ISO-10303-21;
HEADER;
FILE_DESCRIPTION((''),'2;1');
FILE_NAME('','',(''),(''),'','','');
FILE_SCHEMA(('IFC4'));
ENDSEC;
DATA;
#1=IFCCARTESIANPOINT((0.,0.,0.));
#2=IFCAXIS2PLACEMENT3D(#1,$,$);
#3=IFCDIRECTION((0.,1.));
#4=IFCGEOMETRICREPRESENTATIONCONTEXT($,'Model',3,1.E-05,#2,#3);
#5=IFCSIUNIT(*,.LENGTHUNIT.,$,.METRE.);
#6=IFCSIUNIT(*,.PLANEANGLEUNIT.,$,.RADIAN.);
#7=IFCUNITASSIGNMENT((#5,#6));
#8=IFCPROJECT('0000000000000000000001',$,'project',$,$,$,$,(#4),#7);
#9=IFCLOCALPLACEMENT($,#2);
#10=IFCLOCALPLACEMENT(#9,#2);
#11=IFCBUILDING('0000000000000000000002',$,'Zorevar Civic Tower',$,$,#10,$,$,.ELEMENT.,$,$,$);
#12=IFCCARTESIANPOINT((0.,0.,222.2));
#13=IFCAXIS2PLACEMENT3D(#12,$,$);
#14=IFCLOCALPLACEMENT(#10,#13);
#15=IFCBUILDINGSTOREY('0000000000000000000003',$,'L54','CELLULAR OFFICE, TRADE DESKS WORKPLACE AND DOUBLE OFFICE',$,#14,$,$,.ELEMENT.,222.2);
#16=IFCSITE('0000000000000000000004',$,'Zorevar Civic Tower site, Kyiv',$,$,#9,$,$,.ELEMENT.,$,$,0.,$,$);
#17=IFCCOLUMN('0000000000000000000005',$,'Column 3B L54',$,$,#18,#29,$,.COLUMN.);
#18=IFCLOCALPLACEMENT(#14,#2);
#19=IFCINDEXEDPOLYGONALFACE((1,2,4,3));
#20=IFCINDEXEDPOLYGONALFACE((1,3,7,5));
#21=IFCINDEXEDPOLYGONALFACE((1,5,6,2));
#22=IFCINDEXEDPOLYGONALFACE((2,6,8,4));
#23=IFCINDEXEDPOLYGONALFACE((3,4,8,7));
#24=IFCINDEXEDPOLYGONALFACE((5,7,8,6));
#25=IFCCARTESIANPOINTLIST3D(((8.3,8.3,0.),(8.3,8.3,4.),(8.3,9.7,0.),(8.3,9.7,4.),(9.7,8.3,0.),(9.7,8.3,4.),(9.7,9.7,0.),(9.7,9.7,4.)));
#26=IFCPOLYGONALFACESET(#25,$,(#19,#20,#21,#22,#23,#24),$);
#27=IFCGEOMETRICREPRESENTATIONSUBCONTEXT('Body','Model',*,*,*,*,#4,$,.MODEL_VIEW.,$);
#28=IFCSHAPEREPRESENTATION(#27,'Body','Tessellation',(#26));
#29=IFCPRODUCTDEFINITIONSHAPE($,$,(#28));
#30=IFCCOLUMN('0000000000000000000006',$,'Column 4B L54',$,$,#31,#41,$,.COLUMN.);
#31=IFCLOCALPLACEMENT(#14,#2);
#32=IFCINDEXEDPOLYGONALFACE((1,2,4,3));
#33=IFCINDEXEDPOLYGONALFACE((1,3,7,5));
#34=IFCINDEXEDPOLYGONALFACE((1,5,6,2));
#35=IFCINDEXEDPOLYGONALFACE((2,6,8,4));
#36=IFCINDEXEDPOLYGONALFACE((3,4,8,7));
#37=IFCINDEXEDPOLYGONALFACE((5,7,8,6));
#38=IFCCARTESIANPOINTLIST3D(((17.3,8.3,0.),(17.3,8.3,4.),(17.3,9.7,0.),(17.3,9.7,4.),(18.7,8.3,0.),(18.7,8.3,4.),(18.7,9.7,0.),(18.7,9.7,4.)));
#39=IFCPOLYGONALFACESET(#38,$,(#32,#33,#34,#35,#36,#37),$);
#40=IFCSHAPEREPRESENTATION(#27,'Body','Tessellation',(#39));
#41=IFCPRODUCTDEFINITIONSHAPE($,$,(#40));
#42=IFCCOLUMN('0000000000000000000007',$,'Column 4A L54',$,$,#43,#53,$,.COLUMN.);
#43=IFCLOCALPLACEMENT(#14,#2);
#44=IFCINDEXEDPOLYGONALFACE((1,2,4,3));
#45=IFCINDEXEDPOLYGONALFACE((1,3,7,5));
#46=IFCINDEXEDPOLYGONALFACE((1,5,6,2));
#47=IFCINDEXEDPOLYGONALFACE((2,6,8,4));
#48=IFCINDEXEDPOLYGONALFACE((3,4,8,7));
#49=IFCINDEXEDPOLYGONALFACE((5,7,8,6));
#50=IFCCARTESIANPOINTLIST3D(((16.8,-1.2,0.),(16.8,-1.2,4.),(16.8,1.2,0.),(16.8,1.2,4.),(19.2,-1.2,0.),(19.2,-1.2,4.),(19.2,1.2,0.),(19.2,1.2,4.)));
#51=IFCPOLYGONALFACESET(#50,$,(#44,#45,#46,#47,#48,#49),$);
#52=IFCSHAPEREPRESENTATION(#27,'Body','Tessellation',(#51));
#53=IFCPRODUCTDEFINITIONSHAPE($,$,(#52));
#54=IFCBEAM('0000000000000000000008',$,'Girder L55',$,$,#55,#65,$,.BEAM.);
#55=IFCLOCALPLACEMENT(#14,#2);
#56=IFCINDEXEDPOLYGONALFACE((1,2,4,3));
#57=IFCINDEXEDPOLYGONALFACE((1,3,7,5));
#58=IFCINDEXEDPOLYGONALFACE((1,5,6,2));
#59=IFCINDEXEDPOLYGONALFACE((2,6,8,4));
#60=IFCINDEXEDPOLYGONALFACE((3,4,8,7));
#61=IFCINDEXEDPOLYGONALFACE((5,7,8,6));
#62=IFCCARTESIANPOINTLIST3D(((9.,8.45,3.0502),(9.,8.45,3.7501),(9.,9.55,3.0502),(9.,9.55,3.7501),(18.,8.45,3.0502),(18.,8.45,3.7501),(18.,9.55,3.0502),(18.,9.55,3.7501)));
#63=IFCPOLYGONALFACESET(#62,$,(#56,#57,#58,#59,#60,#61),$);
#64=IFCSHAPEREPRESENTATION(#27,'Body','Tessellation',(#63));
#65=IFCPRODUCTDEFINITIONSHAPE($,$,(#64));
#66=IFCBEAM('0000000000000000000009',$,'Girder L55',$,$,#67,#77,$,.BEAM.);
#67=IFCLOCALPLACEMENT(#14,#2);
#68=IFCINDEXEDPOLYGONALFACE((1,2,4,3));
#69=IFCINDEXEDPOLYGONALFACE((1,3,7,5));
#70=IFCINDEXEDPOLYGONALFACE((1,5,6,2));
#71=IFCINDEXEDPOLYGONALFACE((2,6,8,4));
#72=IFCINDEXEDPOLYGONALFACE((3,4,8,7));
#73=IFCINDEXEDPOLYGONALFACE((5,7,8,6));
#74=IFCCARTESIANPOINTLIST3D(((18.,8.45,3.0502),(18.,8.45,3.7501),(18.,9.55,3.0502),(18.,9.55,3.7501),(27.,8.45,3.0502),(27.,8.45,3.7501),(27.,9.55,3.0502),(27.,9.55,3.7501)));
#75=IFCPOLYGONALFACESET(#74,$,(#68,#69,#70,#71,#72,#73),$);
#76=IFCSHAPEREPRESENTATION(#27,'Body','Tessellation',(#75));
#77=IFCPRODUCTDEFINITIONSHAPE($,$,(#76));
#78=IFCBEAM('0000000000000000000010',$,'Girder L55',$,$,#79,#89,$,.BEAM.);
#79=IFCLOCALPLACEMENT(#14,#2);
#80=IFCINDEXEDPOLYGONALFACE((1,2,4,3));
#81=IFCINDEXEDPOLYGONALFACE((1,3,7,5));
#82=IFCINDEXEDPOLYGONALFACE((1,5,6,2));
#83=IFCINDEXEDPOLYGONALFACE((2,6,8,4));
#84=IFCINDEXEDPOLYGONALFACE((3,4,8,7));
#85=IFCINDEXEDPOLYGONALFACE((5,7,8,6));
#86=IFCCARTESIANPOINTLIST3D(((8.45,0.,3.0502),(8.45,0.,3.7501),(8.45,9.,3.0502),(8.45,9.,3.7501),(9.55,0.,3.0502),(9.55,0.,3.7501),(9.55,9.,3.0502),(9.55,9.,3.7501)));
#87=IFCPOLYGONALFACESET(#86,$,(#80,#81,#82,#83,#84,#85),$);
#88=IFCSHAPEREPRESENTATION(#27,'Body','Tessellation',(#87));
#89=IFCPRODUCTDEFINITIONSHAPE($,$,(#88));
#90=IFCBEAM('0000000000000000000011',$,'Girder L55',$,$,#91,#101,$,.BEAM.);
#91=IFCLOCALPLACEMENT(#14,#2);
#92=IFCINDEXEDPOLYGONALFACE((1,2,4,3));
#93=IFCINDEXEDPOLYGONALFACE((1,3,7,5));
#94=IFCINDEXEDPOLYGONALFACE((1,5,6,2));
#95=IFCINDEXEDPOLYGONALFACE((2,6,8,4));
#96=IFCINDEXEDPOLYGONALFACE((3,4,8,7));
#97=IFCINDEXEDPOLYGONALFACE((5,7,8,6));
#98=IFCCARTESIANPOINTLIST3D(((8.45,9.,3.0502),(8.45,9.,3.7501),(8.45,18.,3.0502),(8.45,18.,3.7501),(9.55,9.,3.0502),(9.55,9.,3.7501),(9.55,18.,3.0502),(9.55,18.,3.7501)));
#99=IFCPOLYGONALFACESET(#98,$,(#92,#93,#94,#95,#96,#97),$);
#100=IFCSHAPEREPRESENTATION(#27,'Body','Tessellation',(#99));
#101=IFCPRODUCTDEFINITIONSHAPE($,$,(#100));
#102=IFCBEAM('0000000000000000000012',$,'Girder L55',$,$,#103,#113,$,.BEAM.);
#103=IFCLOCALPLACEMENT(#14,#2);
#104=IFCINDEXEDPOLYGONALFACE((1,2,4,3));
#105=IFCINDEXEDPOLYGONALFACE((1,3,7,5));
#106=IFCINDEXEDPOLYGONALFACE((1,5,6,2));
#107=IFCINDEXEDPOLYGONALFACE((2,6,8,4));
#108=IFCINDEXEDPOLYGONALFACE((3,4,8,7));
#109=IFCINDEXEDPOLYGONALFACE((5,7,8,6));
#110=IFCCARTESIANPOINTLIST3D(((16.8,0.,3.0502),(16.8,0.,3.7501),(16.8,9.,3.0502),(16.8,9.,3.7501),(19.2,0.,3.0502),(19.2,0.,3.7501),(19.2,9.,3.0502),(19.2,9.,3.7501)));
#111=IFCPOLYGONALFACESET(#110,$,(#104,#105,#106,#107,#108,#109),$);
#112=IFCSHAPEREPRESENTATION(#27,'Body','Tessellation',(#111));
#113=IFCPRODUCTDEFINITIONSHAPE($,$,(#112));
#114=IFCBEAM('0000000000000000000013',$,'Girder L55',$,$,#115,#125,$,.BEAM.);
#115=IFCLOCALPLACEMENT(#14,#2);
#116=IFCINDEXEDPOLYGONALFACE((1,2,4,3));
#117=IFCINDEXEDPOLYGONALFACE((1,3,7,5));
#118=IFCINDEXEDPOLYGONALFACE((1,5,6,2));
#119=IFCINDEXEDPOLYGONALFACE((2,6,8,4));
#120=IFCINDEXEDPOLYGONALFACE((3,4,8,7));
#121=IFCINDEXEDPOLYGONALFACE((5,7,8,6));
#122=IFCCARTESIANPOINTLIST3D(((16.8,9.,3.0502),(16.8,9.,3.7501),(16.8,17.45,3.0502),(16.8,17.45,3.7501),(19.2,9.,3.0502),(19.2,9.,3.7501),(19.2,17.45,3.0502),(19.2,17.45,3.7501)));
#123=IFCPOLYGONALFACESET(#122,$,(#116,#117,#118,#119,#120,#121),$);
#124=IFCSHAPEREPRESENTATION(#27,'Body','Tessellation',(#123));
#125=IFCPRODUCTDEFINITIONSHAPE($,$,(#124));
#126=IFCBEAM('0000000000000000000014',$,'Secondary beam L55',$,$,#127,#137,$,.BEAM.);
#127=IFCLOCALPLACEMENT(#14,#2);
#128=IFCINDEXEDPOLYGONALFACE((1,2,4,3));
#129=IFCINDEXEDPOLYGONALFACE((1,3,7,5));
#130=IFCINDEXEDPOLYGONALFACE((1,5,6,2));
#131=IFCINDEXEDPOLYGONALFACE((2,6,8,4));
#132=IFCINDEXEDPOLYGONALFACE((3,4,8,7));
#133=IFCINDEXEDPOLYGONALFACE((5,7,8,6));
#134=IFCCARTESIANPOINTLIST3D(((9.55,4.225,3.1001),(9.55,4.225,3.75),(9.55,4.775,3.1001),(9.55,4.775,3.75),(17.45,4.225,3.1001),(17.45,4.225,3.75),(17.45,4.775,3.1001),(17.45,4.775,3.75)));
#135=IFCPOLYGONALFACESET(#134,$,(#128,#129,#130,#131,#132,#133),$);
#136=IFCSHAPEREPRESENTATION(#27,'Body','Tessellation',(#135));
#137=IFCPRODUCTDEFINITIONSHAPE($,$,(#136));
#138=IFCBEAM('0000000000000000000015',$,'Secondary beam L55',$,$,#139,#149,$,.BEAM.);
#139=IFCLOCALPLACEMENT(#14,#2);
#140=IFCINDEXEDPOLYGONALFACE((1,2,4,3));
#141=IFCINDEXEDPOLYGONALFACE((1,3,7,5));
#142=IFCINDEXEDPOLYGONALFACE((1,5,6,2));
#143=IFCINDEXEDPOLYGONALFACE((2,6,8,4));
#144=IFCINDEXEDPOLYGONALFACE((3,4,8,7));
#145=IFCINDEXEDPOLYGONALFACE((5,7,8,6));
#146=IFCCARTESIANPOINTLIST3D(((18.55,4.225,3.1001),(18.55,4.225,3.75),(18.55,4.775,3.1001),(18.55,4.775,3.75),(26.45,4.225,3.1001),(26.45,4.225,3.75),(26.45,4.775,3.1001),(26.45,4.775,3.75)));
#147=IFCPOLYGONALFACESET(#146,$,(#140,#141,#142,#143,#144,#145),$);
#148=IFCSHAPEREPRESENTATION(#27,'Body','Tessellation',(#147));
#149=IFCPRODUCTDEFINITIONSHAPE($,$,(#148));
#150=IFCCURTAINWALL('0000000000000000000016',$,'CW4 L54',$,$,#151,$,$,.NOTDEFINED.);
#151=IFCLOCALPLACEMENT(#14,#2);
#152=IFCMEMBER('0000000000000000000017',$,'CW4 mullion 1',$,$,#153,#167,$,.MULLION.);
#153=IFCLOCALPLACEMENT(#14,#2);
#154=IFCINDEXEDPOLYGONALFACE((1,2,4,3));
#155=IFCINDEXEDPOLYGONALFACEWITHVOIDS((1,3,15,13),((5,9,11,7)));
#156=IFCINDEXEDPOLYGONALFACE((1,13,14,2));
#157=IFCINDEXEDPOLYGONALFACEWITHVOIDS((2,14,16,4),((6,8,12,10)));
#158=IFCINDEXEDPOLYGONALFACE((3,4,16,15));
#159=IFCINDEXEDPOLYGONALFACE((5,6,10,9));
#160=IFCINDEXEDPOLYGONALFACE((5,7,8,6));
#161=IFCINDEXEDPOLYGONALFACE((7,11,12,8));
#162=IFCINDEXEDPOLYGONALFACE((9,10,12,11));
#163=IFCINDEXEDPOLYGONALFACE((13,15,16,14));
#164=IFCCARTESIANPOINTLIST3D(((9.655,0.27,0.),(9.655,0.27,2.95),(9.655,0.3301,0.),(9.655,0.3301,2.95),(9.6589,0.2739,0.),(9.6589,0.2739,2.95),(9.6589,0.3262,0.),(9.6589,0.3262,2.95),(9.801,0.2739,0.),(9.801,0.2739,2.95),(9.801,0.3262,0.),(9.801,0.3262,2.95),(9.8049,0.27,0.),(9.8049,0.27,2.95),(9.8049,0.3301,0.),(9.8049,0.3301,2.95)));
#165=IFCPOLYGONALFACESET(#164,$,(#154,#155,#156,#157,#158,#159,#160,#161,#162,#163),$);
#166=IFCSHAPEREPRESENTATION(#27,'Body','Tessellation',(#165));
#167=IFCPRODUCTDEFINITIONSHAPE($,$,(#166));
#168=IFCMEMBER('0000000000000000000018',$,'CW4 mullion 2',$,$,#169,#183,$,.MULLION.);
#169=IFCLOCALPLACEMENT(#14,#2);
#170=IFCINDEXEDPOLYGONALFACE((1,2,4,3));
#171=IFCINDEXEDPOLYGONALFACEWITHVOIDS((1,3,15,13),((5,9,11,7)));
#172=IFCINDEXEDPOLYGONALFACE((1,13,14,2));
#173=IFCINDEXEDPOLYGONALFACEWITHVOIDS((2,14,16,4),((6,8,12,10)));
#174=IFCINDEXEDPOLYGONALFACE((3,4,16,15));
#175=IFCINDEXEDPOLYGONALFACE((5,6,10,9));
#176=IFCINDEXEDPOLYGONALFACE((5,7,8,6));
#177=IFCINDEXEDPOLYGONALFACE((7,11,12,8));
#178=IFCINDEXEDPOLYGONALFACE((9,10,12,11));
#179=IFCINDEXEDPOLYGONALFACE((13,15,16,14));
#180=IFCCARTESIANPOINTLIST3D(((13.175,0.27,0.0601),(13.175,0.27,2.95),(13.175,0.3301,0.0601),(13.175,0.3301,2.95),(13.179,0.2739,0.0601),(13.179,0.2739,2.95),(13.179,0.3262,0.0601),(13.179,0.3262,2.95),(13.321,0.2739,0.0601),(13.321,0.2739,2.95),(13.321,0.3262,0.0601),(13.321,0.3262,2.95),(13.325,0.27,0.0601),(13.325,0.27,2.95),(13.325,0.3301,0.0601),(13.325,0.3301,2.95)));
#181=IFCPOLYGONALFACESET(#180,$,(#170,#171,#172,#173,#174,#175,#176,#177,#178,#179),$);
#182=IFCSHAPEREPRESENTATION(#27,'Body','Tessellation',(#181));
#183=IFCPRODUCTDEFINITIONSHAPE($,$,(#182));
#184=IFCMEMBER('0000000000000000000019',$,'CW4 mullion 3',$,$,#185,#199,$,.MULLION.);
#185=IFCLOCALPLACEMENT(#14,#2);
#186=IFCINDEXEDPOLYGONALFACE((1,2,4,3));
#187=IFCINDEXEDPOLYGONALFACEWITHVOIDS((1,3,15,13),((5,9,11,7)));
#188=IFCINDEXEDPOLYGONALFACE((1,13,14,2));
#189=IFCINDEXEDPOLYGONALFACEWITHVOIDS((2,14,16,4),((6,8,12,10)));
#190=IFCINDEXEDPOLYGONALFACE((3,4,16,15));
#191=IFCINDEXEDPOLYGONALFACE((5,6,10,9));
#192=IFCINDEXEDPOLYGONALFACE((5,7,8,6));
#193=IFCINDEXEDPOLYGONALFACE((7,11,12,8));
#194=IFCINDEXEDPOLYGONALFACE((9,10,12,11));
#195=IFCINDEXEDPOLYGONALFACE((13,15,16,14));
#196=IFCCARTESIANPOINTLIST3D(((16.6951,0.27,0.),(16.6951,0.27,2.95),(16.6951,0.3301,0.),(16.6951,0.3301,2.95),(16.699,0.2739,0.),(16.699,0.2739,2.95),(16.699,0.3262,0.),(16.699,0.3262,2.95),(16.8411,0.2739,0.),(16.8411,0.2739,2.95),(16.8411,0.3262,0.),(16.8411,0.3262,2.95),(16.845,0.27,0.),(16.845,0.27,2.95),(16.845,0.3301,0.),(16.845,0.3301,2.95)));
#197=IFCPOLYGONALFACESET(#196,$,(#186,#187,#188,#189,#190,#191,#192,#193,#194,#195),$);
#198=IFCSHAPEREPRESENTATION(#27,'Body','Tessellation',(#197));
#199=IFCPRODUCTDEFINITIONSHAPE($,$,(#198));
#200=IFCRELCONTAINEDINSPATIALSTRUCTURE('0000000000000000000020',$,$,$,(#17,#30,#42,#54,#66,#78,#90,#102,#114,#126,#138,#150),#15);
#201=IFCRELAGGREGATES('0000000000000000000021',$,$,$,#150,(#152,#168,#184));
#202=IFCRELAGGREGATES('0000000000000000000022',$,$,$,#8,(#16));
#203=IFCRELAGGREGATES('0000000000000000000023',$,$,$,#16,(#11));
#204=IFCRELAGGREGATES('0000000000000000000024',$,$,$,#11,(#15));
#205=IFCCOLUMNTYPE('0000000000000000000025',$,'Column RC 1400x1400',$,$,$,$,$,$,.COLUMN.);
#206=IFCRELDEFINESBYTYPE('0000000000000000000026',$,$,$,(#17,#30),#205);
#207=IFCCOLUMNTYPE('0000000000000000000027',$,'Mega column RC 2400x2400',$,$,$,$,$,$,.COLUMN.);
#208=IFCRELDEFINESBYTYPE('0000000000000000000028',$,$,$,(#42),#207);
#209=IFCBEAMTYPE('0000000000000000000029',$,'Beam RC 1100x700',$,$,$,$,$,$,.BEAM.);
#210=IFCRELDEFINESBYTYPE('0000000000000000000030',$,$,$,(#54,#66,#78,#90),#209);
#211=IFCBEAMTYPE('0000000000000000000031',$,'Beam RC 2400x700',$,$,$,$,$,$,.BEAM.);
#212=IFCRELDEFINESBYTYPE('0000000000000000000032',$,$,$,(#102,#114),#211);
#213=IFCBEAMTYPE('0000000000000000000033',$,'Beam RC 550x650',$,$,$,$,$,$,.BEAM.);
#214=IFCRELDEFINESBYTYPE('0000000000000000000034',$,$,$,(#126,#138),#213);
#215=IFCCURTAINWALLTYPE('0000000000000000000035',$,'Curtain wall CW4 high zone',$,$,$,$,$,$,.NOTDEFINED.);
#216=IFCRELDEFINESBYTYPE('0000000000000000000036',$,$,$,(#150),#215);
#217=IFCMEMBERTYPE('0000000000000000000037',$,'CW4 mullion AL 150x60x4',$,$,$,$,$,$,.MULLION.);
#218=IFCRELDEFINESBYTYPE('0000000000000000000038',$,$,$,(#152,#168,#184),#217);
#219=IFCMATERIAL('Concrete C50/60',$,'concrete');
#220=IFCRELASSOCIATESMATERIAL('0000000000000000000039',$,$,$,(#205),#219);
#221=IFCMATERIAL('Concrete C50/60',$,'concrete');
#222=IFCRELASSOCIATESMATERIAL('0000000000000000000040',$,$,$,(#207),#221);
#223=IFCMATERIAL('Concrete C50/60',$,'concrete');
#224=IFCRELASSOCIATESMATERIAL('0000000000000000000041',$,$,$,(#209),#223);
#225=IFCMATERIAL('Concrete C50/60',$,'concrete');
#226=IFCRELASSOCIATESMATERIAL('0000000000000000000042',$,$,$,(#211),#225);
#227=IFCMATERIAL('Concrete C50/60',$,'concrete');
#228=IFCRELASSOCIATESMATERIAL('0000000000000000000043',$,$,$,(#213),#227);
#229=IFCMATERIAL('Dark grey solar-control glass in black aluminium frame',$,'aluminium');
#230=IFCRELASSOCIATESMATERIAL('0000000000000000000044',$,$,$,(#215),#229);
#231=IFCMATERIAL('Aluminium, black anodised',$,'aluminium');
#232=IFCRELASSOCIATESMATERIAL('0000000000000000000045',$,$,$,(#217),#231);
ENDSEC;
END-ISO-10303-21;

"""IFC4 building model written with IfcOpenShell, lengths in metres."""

from ifc_helpers import new_model, si_unit, direction, frame, origin, origin_2d, place, context, subcontext, project, spatial, rectangle, hollow_rectangle, extrude, material, material_profile, profile_set, type_object, element, aggregate, save


model = new_model("IFC4")

# Units and contexts
model_context = context("Model", 3, precision=1e-05, world=origin(), true_north=direction((0.0, 1.0)))
body_context = subcontext(model_context, "Body", "Model", "MODEL_VIEW")
ifc_project = project(units=[si_unit("LENGTHUNIT", "METRE"), si_unit("PLANEANGLEUNIT", "RADIAN")], contexts=[model_context])

# Site, building, storey
site_placement = place(None, origin())
site = spatial("IfcSite", under=ifc_project, at=site_placement, Name="Zorevar Civic Tower site, Kyiv", CompositionType="ELEMENT", RefElevation=0.0)
building_placement = place(site_placement, origin())
building = spatial("IfcBuilding", under=site, at=building_placement, Name="Zorevar Civic Tower", CompositionType="ELEMENT")
storey_placement = place(building_placement, frame((0.0, 0.0, 222.2)))
storey = spatial("IfcBuildingStorey", under=building, at=storey_placement, Name="L54", Description="CELLULAR OFFICE, TRADE DESKS WORKPLACE AND DOUBLE OFFICE", CompositionType="ELEMENT", Elevation=222.2)

# Columns
ifc_material_1 = material(Name="Concrete C50/60", Category="concrete")
ifc_material_profile_1 = material_profile(ifc_material_1, rectangle(XDim=1.3999, YDim=1.3999, at=origin_2d()), Name="RC 1400x1400")
ifc_profile_set_1 = profile_set([ifc_material_profile_1], Name="Concrete C50/60")
column_type_1 = type_object("IfcColumnType", Name="Column RC 1400x1400", PredefinedType="COLUMN", material=ifc_profile_set_1)
for number, where, z_axis, x_axis, name in (
    (1, (9.0, 9.0, 0.0), (0.0, 0.0, 1.0), (1.0, 0.0, 0.0), "Column 3B L54"),
    (2, (18.0, 9.0, 0.0), (0.0, 0.0, 1.0), (1.0, 0.0, 0.0), "Column 4B L54"),
):
    element("IfcColumn", number, at=place(storey_placement, frame(where, z_axis=z_axis, x_axis=x_axis)), inside=storey, type_object=column_type_1, Name=name, PredefinedType="COLUMN", context=body_context, shape_type="SweptSolid", body=[
        extrude(rectangle(XDim=1.3999, YDim=1.3999, at=origin_2d()), origin(), (0.0, 0.0, 1.0), 4.0),
    ])
ifc_material_2 = material(Name="Concrete C50/60", Category="concrete")
ifc_material_profile_2 = material_profile(ifc_material_2, rectangle(XDim=2.3999, YDim=2.3999, at=origin_2d()), Name="RC 2400x2400")
ifc_profile_set_2 = profile_set([ifc_material_profile_2], Name="Concrete C50/60")
column_type_2 = type_object("IfcColumnType", Name="Mega column RC 2400x2400", PredefinedType="COLUMN", material=ifc_profile_set_2)
column_placement = place(storey_placement, frame((18.0, 0.0, 0.0), z_axis=(0.0, 0.0, 1.0), x_axis=(1.0, 0.0, 0.0)))
element("IfcColumn", 3, at=column_placement, inside=storey, type_object=column_type_2, Name="Column 4A L54", PredefinedType="COLUMN", context=body_context, shape_type="SweptSolid", body=[
    extrude(rectangle(XDim=2.3999, YDim=2.3999, at=origin_2d()), origin(), (0.0, 0.0, 1.0), 4.0),
])

# Beams
ifc_material_3 = material(Name="Concrete C50/60", Category="concrete")
ifc_material_profile_3 = material_profile(ifc_material_3, rectangle(XDim=1.1001, YDim=0.7, at=origin_2d()), Name="RC 1100x700")
ifc_profile_set_3 = profile_set([ifc_material_profile_3], Name="Concrete C50/60")
beam_type_1 = type_object("IfcBeamType", Name="Beam RC 1100x700", PredefinedType="BEAM", material=ifc_profile_set_3)
for number, where, z_axis, x_axis, name in (
    (4, (9.0, 9.0, 3.4001), (1.0, 0.0, 0.0), (0.0, 1.0, 0.0), "Girder L55"),
    (5, (18.0, 9.0, 3.4001), (1.0, 0.0, 0.0), (0.0, 1.0, 0.0), "Girder L55"),
    (6, (9.0, 0.0, 3.4001), (0.0, 1.0, 0.0), (-1.0, 0.0, 0.0), "Girder L55"),
    (7, (9.0, 9.0, 3.4001), (0.0, 1.0, 0.0), (-1.0, 0.0, 0.0), "Girder L55"),
):
    element("IfcBeam", number, at=place(storey_placement, frame(where, z_axis=z_axis, x_axis=x_axis)), inside=storey, type_object=beam_type_1, Name=name, PredefinedType="BEAM", context=body_context, shape_type="SweptSolid", body=[
        extrude(rectangle(XDim=1.1001, YDim=0.7, at=origin_2d()), origin(), (0.0, 0.0, 1.0), 9.0),
    ])
ifc_material_4 = material(Name="Concrete C50/60", Category="concrete")
ifc_material_profile_4 = material_profile(ifc_material_4, rectangle(XDim=2.3999, YDim=0.7, at=origin_2d()), Name="RC 2400x700")
ifc_profile_set_4 = profile_set([ifc_material_profile_4], Name="Concrete C50/60")
beam_type_2 = type_object("IfcBeamType", Name="Beam RC 2400x700", PredefinedType="BEAM", material=ifc_profile_set_4)
beam_1_placement = place(storey_placement, frame((18.0, 0.0, 3.4001), z_axis=(0.0, 1.0, 0.0), x_axis=(-1.0, 0.0, 0.0)))
element("IfcBeam", 8, at=beam_1_placement, inside=storey, type_object=beam_type_2, Name="Girder L55", PredefinedType="BEAM", context=body_context, shape_type="SweptSolid", body=[
    extrude(rectangle(XDim=2.3999, YDim=0.7, at=origin_2d()), origin(), (0.0, 0.0, 1.0), 9.0),
])
beam_2_placement = place(storey_placement, frame((18.0, 9.0, 3.4001), z_axis=(0.0, 1.0, 0.0), x_axis=(-1.0, 0.0, 0.0)))
element("IfcBeam", 9, at=beam_2_placement, inside=storey, type_object=beam_type_2, Name="Girder L55", PredefinedType="BEAM", context=body_context, shape_type="SweptSolid", body=[
    extrude(rectangle(XDim=2.3999, YDim=0.7, at=origin_2d()), origin(), (0.0, 0.0, 1.0), 8.45),
])
ifc_material_5 = material(Name="Concrete C50/60", Category="concrete")
ifc_material_profile_5 = material_profile(ifc_material_5, rectangle(XDim=0.55, YDim=0.6499, at=origin_2d()), Name="RC 550x650")
ifc_profile_set_5 = profile_set([ifc_material_profile_5], Name="Concrete C50/60")
beam_type_3 = type_object("IfcBeamType", Name="Beam RC 550x650", PredefinedType="BEAM", material=ifc_profile_set_5)
for number, where, z_axis, x_axis, name in (
    (10, (9.55, 4.5, 3.425), (1.0, 0.0, 0.0), (0.0, 1.0, 0.0), "Secondary beam L55"),
    (11, (18.55, 4.5, 3.425), (1.0, 0.0, 0.0), (0.0, 1.0, 0.0), "Secondary beam L55"),
):
    element("IfcBeam", number, at=place(storey_placement, frame(where, z_axis=z_axis, x_axis=x_axis)), inside=storey, type_object=beam_type_3, Name=name, PredefinedType="BEAM", context=body_context, shape_type="SweptSolid", body=[
        extrude(rectangle(XDim=0.55, YDim=0.6499, at=origin_2d()), origin(), (0.0, 0.0, 1.0), 7.8999),
    ])

# Curtain wall, members
ifc_material_6 = material(Name="Dark grey solar-control glass in black aluminium frame", Category="aluminium")
curtain_wall_type = type_object("IfcCurtainWallType", Name="Curtain wall CW4 high zone", PredefinedType="NOTDEFINED", material=ifc_material_6)
curtain_wall_placement = place(storey_placement, origin())
curtain_wall = element("IfcCurtainWall", 12, at=curtain_wall_placement, inside=storey, type_object=curtain_wall_type, Name="CW4 L54", PredefinedType="NOTDEFINED")
ifc_material_7 = material(Name="Aluminium, black anodised", Category="aluminium")
ifc_material_profile_6 = material_profile(ifc_material_7, hollow_rectangle(XDim=0.0601, YDim=0.1499, WallThickness=0.0039, at=origin_2d()), Name="AL 150x60x4")
ifc_profile_set_6 = profile_set([ifc_material_profile_6], Name="Aluminium, black anodised")
member_type_1 = type_object("IfcMemberType", Name="CW4 mullion AL 150x60x4", PredefinedType="MULLION", material=ifc_profile_set_6)
member_1_placement = place(storey_placement, frame((9.73, 0.3, 0.0), z_axis=(0.0, 0.0, 1.0), x_axis=(0.0, 1.0, 0.0)))
member_1 = element("IfcMember", 13, at=member_1_placement, type_object=member_type_1, Name="CW4 mullion 1", PredefinedType="MULLION", context=body_context, shape_type="SweptSolid", body=[
    extrude(hollow_rectangle(XDim=0.0601, YDim=0.1499, WallThickness=0.0039, at=origin_2d()), origin(), (0.0, 0.0, 1.0), 2.95),
])
member_2_placement = place(storey_placement, frame((13.25, 0.3, 0.0601), z_axis=(0.0, 0.0, 1.0), x_axis=(0.0, 1.0, 0.0)))
member_2 = element("IfcMember", 14, at=member_2_placement, type_object=member_type_1, Name="CW4 mullion 2", PredefinedType="MULLION", context=body_context, shape_type="SweptSolid", body=[
    extrude(hollow_rectangle(XDim=0.0601, YDim=0.1499, WallThickness=0.0039, at=origin_2d()), origin(), (0.0, 0.0, 1.0), 2.8899),
])
member_3_placement = place(storey_placement, frame((16.77, 0.3, 0.0), z_axis=(0.0, 0.0, 1.0), x_axis=(0.0, 1.0, 0.0)))
member_3 = element("IfcMember", 15, at=member_3_placement, type_object=member_type_1, Name="CW4 mullion 3", PredefinedType="MULLION", context=body_context, shape_type="SweptSolid", body=[
    extrude(hollow_rectangle(XDim=0.0601, YDim=0.1499, WallThickness=0.0039, at=origin_2d()), origin(), (0.0, 0.0, 1.0), 2.95),
])

aggregate(curtain_wall, [member_1, member_2, member_3])

save(model, "model.ifc")
